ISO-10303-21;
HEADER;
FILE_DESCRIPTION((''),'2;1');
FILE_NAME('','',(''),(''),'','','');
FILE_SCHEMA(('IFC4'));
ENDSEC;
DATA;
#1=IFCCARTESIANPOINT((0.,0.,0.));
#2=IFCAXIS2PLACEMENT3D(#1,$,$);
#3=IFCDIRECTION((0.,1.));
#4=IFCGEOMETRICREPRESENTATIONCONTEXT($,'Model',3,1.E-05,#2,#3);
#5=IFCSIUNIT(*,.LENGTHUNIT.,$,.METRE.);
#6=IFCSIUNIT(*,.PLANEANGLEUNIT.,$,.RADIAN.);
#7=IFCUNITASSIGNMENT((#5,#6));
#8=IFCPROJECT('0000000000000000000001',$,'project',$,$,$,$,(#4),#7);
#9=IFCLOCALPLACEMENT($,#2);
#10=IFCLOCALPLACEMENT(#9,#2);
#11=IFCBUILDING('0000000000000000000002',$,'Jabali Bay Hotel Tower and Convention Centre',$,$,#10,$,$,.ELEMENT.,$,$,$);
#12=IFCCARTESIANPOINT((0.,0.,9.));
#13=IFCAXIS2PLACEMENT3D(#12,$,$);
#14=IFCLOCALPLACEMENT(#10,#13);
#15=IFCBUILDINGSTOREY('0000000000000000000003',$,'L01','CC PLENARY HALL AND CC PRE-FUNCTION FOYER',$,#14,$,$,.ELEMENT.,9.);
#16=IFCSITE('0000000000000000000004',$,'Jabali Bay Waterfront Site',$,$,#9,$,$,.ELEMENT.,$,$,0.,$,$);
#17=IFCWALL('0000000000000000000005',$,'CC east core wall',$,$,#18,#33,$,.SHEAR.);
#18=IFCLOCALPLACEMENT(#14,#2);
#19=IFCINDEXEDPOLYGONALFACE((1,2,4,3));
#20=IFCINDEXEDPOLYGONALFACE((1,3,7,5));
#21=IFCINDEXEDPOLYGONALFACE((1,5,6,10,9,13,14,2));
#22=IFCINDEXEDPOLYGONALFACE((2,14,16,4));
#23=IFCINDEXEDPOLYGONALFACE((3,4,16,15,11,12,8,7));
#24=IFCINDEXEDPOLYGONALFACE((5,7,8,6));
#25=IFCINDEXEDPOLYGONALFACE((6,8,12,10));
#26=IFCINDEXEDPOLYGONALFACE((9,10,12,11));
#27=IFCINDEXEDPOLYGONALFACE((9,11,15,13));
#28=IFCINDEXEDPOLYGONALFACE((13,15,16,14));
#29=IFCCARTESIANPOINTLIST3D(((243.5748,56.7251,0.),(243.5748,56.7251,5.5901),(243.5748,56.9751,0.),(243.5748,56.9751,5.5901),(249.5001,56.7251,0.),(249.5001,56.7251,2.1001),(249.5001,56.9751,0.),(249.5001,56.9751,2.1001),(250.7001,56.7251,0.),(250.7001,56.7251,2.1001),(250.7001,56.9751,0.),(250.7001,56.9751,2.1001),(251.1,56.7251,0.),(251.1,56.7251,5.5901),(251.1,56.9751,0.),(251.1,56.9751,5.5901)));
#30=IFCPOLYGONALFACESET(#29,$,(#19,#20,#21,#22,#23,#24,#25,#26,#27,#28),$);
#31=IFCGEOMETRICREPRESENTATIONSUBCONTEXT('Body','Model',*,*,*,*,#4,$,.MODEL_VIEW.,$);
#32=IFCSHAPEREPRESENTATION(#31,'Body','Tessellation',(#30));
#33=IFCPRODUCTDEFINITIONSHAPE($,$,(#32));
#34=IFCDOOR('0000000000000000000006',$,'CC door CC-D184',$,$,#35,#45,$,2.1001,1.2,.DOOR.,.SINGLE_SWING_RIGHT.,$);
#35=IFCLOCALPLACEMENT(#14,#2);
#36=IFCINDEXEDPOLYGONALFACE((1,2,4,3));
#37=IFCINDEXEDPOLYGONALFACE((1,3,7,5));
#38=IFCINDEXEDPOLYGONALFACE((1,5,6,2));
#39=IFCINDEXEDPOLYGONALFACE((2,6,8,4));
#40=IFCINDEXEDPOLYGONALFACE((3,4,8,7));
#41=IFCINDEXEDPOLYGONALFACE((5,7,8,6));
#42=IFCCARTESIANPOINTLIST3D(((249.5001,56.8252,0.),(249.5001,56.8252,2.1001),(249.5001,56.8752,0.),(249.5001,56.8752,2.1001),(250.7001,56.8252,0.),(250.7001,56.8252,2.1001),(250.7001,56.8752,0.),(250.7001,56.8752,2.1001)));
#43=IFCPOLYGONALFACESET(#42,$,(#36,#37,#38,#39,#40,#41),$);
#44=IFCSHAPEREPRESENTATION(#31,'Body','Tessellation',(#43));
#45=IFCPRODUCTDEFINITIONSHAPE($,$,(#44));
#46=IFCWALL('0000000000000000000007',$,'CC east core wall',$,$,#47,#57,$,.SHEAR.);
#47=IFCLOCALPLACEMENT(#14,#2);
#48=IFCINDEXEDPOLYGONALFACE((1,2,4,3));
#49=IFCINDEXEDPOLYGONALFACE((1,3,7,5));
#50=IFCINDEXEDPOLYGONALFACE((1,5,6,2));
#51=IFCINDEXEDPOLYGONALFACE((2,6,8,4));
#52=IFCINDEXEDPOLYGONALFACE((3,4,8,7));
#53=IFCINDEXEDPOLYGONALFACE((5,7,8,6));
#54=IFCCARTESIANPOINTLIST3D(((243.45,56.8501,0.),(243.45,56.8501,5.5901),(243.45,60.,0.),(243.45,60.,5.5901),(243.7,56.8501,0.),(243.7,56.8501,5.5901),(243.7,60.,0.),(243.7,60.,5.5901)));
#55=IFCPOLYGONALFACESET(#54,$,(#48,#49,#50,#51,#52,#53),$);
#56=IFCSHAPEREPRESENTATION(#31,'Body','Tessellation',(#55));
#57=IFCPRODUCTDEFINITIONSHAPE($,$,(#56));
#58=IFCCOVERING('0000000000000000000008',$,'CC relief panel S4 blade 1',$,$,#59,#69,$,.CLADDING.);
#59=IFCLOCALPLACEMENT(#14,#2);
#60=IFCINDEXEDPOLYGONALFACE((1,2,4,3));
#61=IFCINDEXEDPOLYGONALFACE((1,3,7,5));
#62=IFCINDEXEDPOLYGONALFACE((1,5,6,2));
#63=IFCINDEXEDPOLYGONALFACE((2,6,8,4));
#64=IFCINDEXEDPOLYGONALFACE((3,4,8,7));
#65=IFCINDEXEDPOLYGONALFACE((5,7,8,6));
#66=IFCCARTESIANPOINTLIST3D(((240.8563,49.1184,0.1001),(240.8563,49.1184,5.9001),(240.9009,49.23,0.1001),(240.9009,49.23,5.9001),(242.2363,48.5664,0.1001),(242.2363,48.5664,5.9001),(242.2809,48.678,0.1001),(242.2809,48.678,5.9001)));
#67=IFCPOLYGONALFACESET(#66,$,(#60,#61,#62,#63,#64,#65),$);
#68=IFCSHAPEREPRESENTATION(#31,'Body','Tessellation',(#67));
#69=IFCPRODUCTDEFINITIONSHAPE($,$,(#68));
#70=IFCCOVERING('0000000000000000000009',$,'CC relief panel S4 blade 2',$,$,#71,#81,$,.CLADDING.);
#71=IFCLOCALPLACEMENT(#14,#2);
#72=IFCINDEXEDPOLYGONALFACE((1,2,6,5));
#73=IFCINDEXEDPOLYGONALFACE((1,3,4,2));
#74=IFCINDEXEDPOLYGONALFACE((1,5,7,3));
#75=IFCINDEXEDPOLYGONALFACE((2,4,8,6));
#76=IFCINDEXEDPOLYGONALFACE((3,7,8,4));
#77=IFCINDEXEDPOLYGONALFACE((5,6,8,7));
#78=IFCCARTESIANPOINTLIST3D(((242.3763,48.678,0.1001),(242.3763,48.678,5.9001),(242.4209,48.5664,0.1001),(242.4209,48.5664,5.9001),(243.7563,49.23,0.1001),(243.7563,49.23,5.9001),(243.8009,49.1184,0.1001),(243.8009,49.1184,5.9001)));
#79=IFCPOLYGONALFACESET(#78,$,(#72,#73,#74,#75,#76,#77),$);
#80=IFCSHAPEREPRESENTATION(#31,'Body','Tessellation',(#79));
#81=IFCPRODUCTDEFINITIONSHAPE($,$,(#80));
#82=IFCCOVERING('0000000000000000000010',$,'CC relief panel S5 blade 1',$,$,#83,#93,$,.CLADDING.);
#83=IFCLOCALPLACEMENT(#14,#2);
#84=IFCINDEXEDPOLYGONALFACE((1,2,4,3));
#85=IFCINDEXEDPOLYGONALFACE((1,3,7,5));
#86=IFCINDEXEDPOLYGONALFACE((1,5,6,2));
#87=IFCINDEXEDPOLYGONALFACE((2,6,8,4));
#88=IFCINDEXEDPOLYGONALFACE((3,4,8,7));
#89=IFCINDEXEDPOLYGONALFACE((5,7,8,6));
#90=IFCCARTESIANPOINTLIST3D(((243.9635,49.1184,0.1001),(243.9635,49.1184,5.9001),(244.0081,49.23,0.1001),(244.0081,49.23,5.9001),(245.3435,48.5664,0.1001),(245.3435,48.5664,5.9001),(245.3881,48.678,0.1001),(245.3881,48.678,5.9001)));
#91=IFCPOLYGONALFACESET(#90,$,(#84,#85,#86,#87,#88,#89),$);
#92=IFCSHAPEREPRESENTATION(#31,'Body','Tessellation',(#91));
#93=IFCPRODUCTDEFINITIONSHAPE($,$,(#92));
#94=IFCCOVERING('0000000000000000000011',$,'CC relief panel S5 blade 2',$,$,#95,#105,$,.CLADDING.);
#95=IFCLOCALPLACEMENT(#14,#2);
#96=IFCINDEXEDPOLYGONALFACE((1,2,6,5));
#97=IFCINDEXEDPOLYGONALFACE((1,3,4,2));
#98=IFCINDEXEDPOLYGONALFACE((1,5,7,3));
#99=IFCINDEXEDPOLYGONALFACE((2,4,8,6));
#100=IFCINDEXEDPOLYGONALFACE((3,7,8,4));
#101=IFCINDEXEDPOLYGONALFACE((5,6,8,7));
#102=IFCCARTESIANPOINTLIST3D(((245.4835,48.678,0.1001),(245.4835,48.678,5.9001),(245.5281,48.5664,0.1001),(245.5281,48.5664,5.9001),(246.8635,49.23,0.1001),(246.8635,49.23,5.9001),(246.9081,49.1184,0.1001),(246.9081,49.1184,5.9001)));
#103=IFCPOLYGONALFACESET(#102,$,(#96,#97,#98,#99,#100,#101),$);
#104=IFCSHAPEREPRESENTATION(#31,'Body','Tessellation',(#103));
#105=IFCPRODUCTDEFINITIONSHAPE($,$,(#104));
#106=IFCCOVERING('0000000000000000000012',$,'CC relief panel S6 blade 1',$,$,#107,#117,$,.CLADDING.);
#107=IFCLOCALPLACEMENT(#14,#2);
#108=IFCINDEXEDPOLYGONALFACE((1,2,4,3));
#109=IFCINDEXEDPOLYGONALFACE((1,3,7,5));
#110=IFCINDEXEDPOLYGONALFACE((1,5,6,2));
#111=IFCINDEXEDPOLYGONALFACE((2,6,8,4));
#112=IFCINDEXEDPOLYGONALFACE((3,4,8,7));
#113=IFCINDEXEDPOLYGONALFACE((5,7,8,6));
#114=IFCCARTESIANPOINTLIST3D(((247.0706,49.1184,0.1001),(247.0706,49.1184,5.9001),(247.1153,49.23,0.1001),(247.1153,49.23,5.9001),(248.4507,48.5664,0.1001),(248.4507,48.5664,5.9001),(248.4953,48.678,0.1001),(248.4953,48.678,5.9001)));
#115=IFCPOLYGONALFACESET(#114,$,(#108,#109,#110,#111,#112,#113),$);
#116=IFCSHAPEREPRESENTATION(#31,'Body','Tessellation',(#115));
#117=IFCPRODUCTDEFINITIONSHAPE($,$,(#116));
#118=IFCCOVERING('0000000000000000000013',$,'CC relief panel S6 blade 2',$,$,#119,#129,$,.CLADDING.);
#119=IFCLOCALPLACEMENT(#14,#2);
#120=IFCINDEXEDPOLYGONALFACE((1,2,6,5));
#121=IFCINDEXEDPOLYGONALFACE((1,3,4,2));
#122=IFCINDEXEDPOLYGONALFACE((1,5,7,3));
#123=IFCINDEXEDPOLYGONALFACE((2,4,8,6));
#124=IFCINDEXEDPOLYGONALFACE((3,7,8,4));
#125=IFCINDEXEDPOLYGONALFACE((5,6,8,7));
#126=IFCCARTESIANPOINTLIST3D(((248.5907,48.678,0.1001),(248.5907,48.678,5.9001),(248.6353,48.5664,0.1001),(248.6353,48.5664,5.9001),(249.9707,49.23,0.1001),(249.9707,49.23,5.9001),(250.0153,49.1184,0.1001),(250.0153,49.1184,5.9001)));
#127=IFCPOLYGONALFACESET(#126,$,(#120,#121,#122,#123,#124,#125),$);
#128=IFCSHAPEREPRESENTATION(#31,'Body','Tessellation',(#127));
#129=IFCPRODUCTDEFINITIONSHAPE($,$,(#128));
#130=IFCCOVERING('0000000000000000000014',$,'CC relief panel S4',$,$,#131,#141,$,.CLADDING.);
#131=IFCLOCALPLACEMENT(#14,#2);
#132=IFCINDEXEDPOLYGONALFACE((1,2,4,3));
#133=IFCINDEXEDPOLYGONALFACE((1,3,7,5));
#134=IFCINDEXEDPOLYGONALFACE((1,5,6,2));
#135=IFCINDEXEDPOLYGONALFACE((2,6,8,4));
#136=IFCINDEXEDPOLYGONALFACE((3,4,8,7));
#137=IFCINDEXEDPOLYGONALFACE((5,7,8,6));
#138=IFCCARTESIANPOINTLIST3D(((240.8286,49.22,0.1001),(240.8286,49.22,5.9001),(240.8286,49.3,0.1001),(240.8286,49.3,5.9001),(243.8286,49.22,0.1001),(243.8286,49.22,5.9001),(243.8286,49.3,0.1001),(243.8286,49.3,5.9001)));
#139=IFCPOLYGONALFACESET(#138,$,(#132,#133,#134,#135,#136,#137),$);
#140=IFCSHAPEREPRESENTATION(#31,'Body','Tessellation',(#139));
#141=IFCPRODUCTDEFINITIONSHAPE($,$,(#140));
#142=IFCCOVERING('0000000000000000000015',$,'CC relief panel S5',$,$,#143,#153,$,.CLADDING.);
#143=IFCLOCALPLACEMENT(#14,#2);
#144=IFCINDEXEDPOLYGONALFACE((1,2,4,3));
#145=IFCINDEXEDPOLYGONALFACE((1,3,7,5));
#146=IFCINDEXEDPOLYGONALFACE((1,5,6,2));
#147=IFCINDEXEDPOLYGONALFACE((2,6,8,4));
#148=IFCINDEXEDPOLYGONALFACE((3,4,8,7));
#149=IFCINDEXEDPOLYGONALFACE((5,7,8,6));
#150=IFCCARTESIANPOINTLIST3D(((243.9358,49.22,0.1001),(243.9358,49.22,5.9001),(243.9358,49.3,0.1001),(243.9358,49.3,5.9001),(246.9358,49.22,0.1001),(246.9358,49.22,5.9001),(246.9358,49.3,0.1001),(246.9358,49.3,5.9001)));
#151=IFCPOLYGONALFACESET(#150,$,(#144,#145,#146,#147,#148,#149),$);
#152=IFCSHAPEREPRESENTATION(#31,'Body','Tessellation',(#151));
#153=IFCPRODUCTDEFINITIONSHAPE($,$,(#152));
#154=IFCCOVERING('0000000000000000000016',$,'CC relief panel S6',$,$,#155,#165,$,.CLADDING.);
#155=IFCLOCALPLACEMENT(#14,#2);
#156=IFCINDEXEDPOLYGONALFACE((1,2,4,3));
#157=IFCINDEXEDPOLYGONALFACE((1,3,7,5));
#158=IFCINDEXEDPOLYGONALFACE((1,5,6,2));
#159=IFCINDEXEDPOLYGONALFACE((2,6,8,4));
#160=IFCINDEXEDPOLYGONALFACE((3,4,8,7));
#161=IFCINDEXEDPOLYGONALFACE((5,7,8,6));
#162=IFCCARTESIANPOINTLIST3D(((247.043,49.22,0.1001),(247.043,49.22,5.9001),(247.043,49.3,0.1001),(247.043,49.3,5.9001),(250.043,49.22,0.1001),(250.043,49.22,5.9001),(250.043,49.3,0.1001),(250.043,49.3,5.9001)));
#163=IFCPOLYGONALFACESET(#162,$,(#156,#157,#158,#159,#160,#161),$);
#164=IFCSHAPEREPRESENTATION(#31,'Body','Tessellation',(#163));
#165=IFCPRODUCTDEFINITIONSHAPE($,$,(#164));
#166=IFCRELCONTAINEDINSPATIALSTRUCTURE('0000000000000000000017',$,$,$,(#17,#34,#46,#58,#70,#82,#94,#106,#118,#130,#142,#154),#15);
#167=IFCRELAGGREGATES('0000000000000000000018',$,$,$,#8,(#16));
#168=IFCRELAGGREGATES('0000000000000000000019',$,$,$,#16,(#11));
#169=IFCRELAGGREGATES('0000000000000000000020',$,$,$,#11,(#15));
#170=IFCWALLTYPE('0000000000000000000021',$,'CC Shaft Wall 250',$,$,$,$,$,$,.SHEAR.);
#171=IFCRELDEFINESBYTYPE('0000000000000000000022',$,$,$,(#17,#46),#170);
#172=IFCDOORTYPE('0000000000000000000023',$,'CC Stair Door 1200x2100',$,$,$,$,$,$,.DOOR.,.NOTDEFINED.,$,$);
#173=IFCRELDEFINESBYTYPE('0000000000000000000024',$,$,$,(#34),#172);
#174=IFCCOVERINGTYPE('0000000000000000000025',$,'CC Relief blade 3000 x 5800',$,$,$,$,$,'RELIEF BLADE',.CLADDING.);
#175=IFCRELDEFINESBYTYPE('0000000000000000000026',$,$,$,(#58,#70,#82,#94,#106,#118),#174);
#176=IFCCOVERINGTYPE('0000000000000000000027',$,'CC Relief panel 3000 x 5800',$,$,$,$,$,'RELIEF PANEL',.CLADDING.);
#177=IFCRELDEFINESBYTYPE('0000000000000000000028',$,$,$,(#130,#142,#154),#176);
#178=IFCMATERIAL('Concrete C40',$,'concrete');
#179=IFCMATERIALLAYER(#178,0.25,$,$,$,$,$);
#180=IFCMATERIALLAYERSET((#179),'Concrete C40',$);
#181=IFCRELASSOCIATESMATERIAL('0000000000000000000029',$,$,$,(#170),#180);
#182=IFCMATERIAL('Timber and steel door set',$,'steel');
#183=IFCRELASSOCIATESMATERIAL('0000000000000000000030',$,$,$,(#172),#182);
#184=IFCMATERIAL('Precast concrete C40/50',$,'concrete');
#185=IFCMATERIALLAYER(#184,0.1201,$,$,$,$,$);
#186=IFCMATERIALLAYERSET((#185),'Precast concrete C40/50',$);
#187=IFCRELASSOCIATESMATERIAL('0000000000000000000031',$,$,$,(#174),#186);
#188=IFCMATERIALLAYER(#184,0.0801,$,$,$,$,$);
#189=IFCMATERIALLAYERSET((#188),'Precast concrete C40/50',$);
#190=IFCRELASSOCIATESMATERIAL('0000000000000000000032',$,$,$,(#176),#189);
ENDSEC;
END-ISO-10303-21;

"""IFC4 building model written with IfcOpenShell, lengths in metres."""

from ifc_helpers import new_model, si_unit, direction, frame, frame_2d, origin, origin_2d, place, context, subcontext, project, spatial, rectangle, extrude, material, layer, layer_set, type_object, element, fill, save


model = new_model("IFC4")

# Units and contexts
model_context = context("Model", 3, precision=1e-05, world=origin(), true_north=direction((0.0, 1.0)))
body_context = subcontext(model_context, "Body", "Model", "MODEL_VIEW")
ifc_project = project(units=[si_unit("LENGTHUNIT", "METRE"), si_unit("PLANEANGLEUNIT", "RADIAN")], contexts=[model_context])

# Site, building, storey
site_placement = place(None, origin())
site = spatial("IfcSite", under=ifc_project, at=site_placement, Name="Jabali Bay Waterfront Site", CompositionType="ELEMENT", RefElevation=0.0)
building_placement = place(site_placement, origin())
building = spatial("IfcBuilding", under=site, at=building_placement, Name="Jabali Bay Hotel Tower and Convention Centre", CompositionType="ELEMENT")
storey_placement = place(building_placement, frame((0.0, 0.0, 9.0)))
storey = spatial("IfcBuildingStorey", under=building, at=storey_placement, Name="L01", Description="CC PLENARY HALL AND CC PRE-FUNCTION FOYER", CompositionType="ELEMENT", Elevation=9.0)

# Shared definitions
ifc_material_1 = material(Name="Concrete C40", Category="concrete")

# Wall, opening, door
ifc_material_2 = material(Name="Timber and steel door set", Category="steel")
ifc_layer_1 = layer(ifc_material_1, 0.25)
ifc_layer_set_1 = layer_set([ifc_layer_1], Name="Concrete C40")
wall_type_1 = type_object("IfcWallType", Name="CC Shaft Wall 250", PredefinedType="SHEAR", material=ifc_layer_set_1)
wall_1_placement = place(storey_placement, frame((251.1001, 56.8501, 0.0), z_axis=(0.0, 0.0, 1.0), x_axis=(-1.0, 0.0, 0.0)))
wall_1 = element("IfcWall", 1, at=wall_1_placement, inside=storey, type_object=wall_type_1, Name="CC east core wall", PredefinedType="SHEAR", context=body_context, shape_type="SweptSolid", body=[
    extrude(rectangle(XDim=7.5251, YDim=0.25, at=frame_2d((3.7627, 0.0))), origin(), (0.0, 0.0, 1.0), 5.5901),
])
opening_1_placement = place(wall_1_placement, frame((0.3999, 0.0, 0.0)))
opening_1 = element("IfcOpeningElement", 2, at=opening_1_placement, cuts=wall_1, PredefinedType="OPENING", context=body_context, shape_type="SweptSolid", body=[
    extrude(rectangle(XDim=1.2, YDim=2.1001, at=frame_2d((0.6001, 1.05))), frame((0.0, 0.1355, 0.0), z_axis=(0.0, -1.0, 0.0), x_axis=(1.0, 0.0, 0.0)), (0.0, 0.0, 1.0), 0.271),
])
door_type_1 = type_object("IfcDoorType", Name="CC Stair Door 1200x2100", OperationType="NOTDEFINED", PredefinedType="DOOR", material=ifc_material_2)
door_1_placement = place(opening_1_placement, origin())
door_1 = element("IfcDoor", 3, at=door_1_placement, inside=storey, type_object=door_type_1, Name="CC door CC-D184", OperationType="SINGLE_SWING_RIGHT", OverallHeight=2.1001, OverallWidth=1.2, PredefinedType="DOOR", context=body_context, shape_type="SweptSolid", body=[
    extrude(rectangle(XDim=1.2, YDim=2.1001, at=frame_2d((0.6001, 1.05))), frame((0.0, 0.0249, 0.0), z_axis=(0.0, -1.0, 0.0), x_axis=(1.0, 0.0, 0.0)), (0.0, 0.0, 1.0), 0.05),
])
fill(opening_1, door_1)

# Wall
wall_2_placement = place(storey_placement, frame((243.575, 56.8501, 0.0), z_axis=(0.0, 0.0, 1.0), x_axis=(0.0, 1.0, 0.0)))
element("IfcWall", 4, at=wall_2_placement, inside=storey, type_object=wall_type_1, Name="CC east core wall", PredefinedType="SHEAR", context=body_context, shape_type="SweptSolid", body=[
    extrude(rectangle(XDim=3.1499, YDim=0.25, at=frame_2d((1.575, 0.0))), origin(), (0.0, 0.0, 1.0), 5.5901),
])

# Coverings
ifc_material_3 = material(Name="Precast concrete C40/50", Category="concrete")
ifc_layer_2 = layer(ifc_material_3, 0.1201)
ifc_layer_set_2 = layer_set([ifc_layer_2], Name="Precast concrete C40/50")
covering_type_1 = type_object("IfcCoveringType", Name="CC Relief blade 3000 x 5800", ElementType="RELIEF BLADE", PredefinedType="CLADDING", material=ifc_layer_set_2)
for number, where, z_axis, x_axis, name in (
    (5, (241.5686, 48.8982, 0.1001), (0.0, 0.0, 1.0), (0.928477, -0.371391, 0.0), "CC relief panel S4 blade 1"),
    (6, (243.0886, 48.8982, 0.1001), (0.0, 0.0, 1.0), (-0.928477, -0.371391, 0.0), "CC relief panel S4 blade 2"),
    (7, (244.6758, 48.8982, 0.1001), (0.0, 0.0, 1.0), (0.928477, -0.371391, 0.0), "CC relief panel S5 blade 1"),
    (8, (246.1958, 48.8982, 0.1001), (0.0, 0.0, 1.0), (-0.928477, -0.371391, 0.0), "CC relief panel S5 blade 2"),
    (9, (247.783, 48.8982, 0.1001), (0.0, 0.0, 1.0), (0.928477, -0.371391, 0.0), "CC relief panel S6 blade 1"),
    (10, (249.303, 48.8982, 0.1001), (0.0, 0.0, 1.0), (-0.928477, -0.371391, 0.0), "CC relief panel S6 blade 2"),
):
    element("IfcCovering", number, at=place(storey_placement, frame(where, z_axis=z_axis, x_axis=x_axis)), inside=storey, type_object=covering_type_1, Name=name, PredefinedType="CLADDING", context=body_context, shape_type="SweptSolid", body=[
        extrude(rectangle(XDim=1.4863, YDim=0.1201, at=origin_2d()), origin(), (0.0, 0.0, 1.0), 5.8),
    ])
ifc_layer_3 = layer(ifc_material_3, 0.0801)
ifc_layer_set_3 = layer_set([ifc_layer_3], Name="Precast concrete C40/50")
covering_type_2 = type_object("IfcCoveringType", Name="CC Relief panel 3000 x 5800", ElementType="RELIEF PANEL", PredefinedType="CLADDING", material=ifc_layer_set_3)
for number, where, z_axis, x_axis, name in (
    (11, (242.3286, 49.26, 0.1001), (0.0, 0.0, 1.0), (1.0, 0.0, 0.0), "CC relief panel S4"),
    (12, (245.4358, 49.26, 0.1001), (0.0, 0.0, 1.0), (1.0, 0.0, 0.0), "CC relief panel S5"),
    (13, (248.543, 49.26, 0.1001), (0.0, 0.0, 1.0), (1.0, 0.0, 0.0), "CC relief panel S6"),
):
    element("IfcCovering", number, at=place(storey_placement, frame(where, z_axis=z_axis, x_axis=x_axis)), inside=storey, type_object=covering_type_2, Name=name, PredefinedType="CLADDING", context=body_context, shape_type="SweptSolid", body=[
        extrude(rectangle(XDim=3.0, YDim=0.0801, at=origin_2d()), origin(), (0.0, 0.0, 1.0), 5.8),
    ])

save(model, "model.ifc")
